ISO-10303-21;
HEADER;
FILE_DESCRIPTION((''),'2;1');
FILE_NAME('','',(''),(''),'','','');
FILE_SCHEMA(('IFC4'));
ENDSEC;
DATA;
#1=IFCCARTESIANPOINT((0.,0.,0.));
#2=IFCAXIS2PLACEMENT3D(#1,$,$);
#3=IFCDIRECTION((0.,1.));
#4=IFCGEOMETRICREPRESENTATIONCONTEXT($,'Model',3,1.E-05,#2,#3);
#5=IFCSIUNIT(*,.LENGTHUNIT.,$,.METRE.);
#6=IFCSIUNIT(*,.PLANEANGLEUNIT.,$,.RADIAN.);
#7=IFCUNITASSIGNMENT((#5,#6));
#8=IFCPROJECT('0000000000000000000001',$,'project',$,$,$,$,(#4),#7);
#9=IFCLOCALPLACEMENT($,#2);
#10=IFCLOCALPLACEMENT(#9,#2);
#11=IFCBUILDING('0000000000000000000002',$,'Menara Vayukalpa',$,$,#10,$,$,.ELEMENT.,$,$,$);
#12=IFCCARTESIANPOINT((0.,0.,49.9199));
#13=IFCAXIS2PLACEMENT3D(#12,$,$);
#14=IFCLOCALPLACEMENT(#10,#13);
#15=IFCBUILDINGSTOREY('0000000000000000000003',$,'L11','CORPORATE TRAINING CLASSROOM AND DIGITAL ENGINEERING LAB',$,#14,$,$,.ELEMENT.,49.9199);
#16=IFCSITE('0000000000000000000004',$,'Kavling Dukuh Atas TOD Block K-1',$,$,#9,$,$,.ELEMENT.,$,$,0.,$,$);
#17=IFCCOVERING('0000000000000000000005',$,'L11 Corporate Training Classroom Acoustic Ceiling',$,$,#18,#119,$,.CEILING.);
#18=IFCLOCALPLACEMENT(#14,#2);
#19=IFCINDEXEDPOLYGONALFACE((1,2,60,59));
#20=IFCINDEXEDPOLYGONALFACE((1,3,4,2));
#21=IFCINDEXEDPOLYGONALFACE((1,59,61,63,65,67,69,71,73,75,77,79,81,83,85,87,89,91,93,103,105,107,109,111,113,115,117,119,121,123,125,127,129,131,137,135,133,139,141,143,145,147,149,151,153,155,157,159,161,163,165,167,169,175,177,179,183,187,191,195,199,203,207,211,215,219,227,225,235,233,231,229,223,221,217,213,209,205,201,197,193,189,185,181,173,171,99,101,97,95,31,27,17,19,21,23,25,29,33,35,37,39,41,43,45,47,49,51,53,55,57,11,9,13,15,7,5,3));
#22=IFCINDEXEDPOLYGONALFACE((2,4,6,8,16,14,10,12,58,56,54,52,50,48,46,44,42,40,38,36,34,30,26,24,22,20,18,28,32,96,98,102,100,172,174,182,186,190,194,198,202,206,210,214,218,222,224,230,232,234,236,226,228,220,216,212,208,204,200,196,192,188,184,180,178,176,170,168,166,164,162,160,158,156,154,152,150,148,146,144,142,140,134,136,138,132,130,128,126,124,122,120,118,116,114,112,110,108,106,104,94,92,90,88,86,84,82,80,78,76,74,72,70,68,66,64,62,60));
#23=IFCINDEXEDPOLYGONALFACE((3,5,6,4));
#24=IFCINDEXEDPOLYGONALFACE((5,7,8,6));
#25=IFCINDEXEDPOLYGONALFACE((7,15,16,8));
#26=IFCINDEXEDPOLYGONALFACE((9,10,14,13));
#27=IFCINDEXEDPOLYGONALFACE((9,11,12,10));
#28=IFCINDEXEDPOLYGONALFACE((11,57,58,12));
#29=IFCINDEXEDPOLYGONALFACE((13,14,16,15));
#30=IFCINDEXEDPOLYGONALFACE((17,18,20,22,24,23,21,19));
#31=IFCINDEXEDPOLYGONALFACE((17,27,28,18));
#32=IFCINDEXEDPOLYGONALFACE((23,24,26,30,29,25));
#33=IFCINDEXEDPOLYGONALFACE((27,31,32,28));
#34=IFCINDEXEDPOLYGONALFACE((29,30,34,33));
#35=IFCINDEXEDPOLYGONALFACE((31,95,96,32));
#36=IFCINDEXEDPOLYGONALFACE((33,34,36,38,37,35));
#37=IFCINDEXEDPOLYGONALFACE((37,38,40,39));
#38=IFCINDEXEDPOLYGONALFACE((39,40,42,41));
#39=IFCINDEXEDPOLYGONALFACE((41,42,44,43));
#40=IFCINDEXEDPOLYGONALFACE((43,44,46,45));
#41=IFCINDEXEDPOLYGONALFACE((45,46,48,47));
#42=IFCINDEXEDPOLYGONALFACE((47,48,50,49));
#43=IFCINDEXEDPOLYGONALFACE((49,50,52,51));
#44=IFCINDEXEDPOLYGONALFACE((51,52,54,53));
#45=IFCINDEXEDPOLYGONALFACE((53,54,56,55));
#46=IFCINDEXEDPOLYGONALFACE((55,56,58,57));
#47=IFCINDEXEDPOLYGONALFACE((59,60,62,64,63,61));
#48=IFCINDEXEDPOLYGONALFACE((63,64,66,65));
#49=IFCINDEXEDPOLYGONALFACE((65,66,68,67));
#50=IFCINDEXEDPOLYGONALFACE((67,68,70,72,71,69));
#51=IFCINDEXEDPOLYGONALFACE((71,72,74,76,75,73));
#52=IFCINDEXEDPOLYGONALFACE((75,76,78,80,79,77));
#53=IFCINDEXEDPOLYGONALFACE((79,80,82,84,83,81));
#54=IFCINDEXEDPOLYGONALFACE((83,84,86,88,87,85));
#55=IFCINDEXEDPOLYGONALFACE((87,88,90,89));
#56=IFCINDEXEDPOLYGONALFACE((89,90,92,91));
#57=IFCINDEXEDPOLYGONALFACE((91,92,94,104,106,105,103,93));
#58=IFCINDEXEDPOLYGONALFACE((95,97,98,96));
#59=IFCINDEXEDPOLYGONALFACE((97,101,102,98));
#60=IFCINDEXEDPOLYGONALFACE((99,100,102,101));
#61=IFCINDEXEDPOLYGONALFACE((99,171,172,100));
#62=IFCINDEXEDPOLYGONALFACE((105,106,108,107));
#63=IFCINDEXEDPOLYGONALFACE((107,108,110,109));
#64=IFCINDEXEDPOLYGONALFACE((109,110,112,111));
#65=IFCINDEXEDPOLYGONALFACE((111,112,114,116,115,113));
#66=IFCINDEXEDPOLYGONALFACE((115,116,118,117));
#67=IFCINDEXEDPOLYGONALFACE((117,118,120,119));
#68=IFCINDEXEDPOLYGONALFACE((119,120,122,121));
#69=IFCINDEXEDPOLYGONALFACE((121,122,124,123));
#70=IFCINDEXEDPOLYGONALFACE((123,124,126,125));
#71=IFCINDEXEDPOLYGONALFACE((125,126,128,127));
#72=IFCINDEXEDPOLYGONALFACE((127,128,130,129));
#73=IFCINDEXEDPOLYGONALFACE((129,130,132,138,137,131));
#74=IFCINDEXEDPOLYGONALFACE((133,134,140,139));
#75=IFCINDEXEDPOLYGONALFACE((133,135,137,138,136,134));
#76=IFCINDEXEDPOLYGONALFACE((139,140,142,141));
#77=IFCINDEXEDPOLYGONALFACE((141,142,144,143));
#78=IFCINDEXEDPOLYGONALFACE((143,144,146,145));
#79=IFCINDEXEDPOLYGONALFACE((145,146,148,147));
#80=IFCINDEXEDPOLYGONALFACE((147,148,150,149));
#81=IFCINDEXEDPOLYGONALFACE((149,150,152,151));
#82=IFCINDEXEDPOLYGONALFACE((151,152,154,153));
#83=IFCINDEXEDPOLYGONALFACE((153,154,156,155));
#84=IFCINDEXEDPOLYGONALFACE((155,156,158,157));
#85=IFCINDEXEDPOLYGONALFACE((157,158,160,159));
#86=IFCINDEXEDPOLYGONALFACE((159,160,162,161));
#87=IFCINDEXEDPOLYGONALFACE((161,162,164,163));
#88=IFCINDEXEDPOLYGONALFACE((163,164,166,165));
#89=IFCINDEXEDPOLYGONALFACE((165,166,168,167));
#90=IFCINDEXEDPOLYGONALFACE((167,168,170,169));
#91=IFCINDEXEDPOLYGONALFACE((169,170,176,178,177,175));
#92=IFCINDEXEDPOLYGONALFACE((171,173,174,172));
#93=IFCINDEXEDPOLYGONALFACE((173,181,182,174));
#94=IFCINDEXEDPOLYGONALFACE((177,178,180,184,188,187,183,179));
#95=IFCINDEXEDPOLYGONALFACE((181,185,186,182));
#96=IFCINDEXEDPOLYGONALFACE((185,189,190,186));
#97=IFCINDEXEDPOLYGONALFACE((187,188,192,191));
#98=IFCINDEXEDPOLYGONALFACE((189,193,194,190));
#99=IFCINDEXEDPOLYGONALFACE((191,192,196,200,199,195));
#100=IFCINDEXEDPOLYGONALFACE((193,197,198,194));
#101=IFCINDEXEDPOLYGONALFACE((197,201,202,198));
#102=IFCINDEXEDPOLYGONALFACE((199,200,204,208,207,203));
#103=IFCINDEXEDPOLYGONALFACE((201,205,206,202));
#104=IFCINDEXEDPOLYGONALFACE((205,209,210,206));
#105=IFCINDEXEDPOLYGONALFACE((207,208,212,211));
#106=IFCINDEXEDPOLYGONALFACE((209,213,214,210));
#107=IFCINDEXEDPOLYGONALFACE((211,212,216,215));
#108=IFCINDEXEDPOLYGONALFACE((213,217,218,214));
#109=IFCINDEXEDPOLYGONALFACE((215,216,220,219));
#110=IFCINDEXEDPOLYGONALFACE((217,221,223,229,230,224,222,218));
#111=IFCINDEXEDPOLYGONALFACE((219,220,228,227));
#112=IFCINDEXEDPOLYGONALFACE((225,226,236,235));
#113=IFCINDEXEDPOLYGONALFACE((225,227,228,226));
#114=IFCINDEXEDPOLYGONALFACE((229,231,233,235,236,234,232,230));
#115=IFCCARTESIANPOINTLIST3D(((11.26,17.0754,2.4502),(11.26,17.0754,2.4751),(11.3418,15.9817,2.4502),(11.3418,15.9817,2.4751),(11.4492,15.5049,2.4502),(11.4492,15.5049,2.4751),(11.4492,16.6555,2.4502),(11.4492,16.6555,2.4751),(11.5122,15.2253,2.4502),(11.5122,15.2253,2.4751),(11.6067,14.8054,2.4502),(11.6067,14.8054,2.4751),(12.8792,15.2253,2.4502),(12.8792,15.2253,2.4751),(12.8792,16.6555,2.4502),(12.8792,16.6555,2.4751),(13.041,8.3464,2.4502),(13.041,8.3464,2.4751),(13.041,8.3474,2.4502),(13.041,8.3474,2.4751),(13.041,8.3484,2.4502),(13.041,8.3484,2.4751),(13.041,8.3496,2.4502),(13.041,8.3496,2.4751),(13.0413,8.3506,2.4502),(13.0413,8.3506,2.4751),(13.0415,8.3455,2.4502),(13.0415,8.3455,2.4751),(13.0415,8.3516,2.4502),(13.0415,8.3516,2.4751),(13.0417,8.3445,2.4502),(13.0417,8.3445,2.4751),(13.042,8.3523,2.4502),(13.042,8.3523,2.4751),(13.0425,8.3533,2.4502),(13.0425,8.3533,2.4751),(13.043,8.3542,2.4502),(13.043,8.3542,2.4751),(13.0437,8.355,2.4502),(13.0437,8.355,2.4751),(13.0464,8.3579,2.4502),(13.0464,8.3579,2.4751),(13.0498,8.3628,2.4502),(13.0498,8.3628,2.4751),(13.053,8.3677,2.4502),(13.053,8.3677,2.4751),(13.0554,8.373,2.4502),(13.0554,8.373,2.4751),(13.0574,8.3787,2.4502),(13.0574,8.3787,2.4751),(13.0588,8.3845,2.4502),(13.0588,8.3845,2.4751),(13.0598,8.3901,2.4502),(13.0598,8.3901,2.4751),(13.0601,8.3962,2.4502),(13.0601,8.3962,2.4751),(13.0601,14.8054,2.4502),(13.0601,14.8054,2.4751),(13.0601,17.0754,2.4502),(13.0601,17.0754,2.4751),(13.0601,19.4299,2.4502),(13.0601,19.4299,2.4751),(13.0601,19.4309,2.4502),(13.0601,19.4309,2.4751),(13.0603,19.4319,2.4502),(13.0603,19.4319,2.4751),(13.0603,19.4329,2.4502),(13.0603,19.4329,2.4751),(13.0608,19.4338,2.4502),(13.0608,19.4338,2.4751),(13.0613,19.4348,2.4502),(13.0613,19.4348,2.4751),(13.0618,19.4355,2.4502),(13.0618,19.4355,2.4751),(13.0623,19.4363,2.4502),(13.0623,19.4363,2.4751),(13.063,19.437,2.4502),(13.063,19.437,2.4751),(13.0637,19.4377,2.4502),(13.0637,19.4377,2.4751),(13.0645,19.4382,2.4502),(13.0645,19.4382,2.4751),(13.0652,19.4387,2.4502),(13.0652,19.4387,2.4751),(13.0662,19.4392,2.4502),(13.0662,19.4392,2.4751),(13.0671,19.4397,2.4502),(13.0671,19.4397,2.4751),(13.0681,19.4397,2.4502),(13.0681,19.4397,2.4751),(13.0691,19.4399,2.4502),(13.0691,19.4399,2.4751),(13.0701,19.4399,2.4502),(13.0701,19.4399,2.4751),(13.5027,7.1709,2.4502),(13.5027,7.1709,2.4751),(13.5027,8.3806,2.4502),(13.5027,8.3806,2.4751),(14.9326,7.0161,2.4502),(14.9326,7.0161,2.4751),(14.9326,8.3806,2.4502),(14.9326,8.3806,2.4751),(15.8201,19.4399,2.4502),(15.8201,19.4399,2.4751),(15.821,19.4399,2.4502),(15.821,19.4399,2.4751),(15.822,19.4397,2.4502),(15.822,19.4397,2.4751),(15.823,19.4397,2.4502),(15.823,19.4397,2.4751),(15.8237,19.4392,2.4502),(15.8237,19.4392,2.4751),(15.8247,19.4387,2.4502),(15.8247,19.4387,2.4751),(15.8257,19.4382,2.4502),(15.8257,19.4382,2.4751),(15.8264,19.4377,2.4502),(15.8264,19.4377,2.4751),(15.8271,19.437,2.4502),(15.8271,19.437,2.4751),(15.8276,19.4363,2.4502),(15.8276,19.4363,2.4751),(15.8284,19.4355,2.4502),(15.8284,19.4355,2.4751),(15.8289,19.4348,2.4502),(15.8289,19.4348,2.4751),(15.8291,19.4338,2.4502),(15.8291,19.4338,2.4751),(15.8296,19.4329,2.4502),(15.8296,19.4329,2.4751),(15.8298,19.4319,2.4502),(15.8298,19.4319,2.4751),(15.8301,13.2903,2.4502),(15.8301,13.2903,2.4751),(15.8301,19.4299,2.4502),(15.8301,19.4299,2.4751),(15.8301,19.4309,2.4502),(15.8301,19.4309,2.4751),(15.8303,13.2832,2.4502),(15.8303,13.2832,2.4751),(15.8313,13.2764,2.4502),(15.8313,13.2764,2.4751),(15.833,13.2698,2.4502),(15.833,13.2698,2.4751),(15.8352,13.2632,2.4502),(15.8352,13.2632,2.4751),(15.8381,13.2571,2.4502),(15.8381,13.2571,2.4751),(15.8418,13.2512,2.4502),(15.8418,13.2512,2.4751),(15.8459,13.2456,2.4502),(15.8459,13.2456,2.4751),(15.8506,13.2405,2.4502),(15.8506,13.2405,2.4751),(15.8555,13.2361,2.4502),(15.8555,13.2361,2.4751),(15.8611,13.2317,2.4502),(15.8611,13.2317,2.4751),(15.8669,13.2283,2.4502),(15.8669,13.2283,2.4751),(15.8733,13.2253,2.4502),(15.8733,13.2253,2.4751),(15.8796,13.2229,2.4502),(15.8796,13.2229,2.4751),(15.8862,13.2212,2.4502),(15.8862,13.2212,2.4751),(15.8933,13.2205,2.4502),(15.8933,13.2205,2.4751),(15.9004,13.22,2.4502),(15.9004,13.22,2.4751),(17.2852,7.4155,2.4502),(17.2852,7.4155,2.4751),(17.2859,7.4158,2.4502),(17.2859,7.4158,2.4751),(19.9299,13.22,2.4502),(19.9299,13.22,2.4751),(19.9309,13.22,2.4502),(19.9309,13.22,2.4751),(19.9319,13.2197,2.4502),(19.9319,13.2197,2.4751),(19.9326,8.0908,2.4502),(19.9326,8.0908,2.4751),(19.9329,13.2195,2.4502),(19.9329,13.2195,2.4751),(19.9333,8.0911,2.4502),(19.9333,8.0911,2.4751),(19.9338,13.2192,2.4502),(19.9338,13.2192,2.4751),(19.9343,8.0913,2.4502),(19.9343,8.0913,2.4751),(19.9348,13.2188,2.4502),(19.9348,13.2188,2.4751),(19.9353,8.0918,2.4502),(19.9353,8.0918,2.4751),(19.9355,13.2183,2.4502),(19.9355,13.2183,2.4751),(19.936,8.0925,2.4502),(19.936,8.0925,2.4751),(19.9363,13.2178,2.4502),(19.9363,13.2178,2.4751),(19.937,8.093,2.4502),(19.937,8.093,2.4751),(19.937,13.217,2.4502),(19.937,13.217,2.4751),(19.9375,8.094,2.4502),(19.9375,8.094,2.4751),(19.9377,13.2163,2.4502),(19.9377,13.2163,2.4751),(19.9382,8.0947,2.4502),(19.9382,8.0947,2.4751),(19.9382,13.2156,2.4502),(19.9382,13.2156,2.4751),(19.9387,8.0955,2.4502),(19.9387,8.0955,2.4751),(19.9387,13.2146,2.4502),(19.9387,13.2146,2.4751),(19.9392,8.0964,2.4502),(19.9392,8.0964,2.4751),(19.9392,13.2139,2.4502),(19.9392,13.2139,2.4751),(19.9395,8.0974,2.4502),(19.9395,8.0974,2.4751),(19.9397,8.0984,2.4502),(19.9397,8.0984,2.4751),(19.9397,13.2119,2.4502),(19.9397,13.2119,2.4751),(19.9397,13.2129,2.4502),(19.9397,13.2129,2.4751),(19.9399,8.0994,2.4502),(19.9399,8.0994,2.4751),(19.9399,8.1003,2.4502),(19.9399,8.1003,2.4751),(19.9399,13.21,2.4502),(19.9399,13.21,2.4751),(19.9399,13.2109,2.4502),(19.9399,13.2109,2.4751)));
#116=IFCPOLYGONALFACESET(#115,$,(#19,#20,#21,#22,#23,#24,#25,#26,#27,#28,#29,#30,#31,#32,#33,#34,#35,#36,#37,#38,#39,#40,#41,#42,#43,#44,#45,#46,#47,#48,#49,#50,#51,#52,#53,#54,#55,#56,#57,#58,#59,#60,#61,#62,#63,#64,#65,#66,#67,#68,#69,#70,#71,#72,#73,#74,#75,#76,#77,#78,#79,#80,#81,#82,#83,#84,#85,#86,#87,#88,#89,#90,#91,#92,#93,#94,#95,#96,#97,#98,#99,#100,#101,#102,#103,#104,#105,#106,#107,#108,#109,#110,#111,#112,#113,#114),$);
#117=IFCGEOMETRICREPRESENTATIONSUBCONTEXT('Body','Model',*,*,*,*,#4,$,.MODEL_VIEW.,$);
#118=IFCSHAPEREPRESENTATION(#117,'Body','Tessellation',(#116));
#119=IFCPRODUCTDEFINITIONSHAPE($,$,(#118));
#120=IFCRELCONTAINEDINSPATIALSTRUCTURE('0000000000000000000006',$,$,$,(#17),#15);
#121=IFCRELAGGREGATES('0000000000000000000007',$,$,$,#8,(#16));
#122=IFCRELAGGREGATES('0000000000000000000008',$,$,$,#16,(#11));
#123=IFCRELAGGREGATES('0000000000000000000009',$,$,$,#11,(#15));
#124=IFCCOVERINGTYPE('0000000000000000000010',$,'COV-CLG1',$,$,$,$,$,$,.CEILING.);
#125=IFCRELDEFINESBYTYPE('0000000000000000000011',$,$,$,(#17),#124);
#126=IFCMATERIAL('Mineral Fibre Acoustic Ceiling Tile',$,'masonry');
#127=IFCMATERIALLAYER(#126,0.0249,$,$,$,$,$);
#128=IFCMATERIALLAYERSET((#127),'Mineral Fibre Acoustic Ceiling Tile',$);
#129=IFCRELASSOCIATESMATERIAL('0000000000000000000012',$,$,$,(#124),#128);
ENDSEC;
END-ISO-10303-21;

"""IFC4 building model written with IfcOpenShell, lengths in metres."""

from ifc_helpers import new_model, si_unit, direction, frame, origin, place, context, subcontext, project, spatial, polyline, outline, extrude, material, layer, layer_set, type_object, element, save


model = new_model("IFC4")

# Units and contexts
model_context = context("Model", 3, precision=1e-05, world=origin(), true_north=direction((0.0, 1.0)))
body_context = subcontext(model_context, "Body", "Model", "MODEL_VIEW")
ifc_project = project(units=[si_unit("LENGTHUNIT", "METRE"), si_unit("PLANEANGLEUNIT", "RADIAN")], contexts=[model_context])

# Site, building, storey
site_placement = place(None, origin())
site = spatial("IfcSite", under=ifc_project, at=site_placement, Name="Kavling Dukuh Atas TOD Block K-1", CompositionType="ELEMENT", RefElevation=0.0)
building_placement = place(site_placement, origin())
building = spatial("IfcBuilding", under=site, at=building_placement, Name="Menara Vayukalpa", CompositionType="ELEMENT")
storey_placement = place(building_placement, frame((0.0, 0.0, 49.9199)))
storey = spatial("IfcBuildingStorey", under=building, at=storey_placement, Name="L11", Description="CORPORATE TRAINING CLASSROOM AND DIGITAL ENGINEERING LAB", CompositionType="ELEMENT", Elevation=49.9199)

# Covering
ifc_material_1 = material(Name="Mineral Fibre Acoustic Ceiling Tile", Category="masonry")
ifc_layer_1 = layer(ifc_material_1, 0.0249)
ifc_layer_set_1 = layer_set([ifc_layer_1], Name="Mineral Fibre Acoustic Ceiling Tile")
covering_type_1 = type_object("IfcCoveringType", Name="COV-CLG1", PredefinedType="CEILING", material=ifc_layer_set_1)
covering_1_placement = place(storey_placement, frame((0.0, 0.0, 2.4502)))
element("IfcCovering", 1, at=covering_1_placement, inside=storey, type_object=covering_type_1, Name="L11 Corporate Training Classroom Acoustic Ceiling", PredefinedType="CEILING", context=body_context, shape_type="SweptSolid", body=[
    extrude(outline(polyline([(13.0417, 8.3445), (13.0415, 8.3455), (13.041, 8.3464), (13.041, 8.3474), (13.041, 8.3484), (13.041, 8.3496), (13.0413, 8.3506), (13.0415, 8.3516), (13.042, 8.3523), (13.0425, 8.3533), (13.043, 8.3542), (13.0437, 8.355), (13.0464, 8.3579), (13.0498, 8.3628), (13.053, 8.3677), (13.0554, 8.373), (13.0574, 8.3787), (13.0588, 8.3845), (13.0598, 8.3901), (13.0601, 8.3962), (13.0601, 14.8054), (11.6067, 14.8054), (11.5122, 15.2253), (12.8792, 15.2253), (12.8792, 16.6555), (11.4492, 16.6555), (11.4492, 15.5049), (11.3418, 15.9817), (11.26, 17.0754), (13.0601, 17.0754), (13.0601, 19.4299), (13.0601, 19.4309), (13.0603, 19.4319), (13.0603, 19.4329), (13.0608, 19.4338), (13.0613, 19.4348), (13.0618, 19.4355), (13.0623, 19.4363), (13.063, 19.437), (13.0637, 19.4377), (13.0645, 19.4382), (13.0652, 19.4387), (13.0662, 19.4392), (13.0671, 19.4397), (13.0681, 19.4397), (13.0691, 19.4399), (13.0701, 19.4399), (15.8201, 19.4399), (15.821, 19.4399), (15.822, 19.4397), (15.823, 19.4397), (15.8237, 19.4392), (15.8247, 19.4387), (15.8257, 19.4382), (15.8264, 19.4377), (15.8271, 19.437), (15.8276, 19.4363), (15.8284, 19.4355), (15.8289, 19.4348), (15.8291, 19.4338), (15.8296, 19.4329), (15.8298, 19.4319), (15.8301, 19.4309), (15.8301, 19.4299), (15.8301, 13.2903), (15.8303, 13.2832), (15.8313, 13.2764), (15.833, 13.2698), (15.8352, 13.2632), (15.8381, 13.2571), (15.8418, 13.2512), (15.8459, 13.2456), (15.8506, 13.2405), (15.8555, 13.2361), (15.8611, 13.2317), (15.8669, 13.2283), (15.8733, 13.2253), (15.8796, 13.2229), (15.8862, 13.2212), (15.8933, 13.2205), (15.9004, 13.22), (19.9299, 13.22), (19.9309, 13.22), (19.9319, 13.2197), (19.9329, 13.2195), (19.9338, 13.2192), (19.9348, 13.2188), (19.9355, 13.2183), (19.9363, 13.2178), (19.937, 13.217), (19.9377, 13.2163), (19.9382, 13.2156), (19.9387, 13.2146), (19.9392, 13.2139), (19.9397, 13.2129), (19.9397, 13.2119), (19.9399, 13.2109), (19.9399, 13.21), (19.9399, 8.1003), (19.9399, 8.0994), (19.9397, 8.0984), (19.9395, 8.0974), (19.9392, 8.0964), (19.9387, 8.0955), (19.9382, 8.0947), (19.9375, 8.094), (19.937, 8.093), (19.936, 8.0925), (19.9353, 8.0918), (19.9343, 8.0913), (19.9333, 8.0911), (19.9326, 8.0908), (17.2859, 7.4158), (17.2852, 7.4155), (14.9326, 7.0161), (14.9326, 8.3806), (13.5027, 8.3806), (13.5027, 7.1709), (13.0417, 8.3445)])), origin(), (0.0, 0.0, 1.0), 0.0249),
])

save(model, "model.ifc")
